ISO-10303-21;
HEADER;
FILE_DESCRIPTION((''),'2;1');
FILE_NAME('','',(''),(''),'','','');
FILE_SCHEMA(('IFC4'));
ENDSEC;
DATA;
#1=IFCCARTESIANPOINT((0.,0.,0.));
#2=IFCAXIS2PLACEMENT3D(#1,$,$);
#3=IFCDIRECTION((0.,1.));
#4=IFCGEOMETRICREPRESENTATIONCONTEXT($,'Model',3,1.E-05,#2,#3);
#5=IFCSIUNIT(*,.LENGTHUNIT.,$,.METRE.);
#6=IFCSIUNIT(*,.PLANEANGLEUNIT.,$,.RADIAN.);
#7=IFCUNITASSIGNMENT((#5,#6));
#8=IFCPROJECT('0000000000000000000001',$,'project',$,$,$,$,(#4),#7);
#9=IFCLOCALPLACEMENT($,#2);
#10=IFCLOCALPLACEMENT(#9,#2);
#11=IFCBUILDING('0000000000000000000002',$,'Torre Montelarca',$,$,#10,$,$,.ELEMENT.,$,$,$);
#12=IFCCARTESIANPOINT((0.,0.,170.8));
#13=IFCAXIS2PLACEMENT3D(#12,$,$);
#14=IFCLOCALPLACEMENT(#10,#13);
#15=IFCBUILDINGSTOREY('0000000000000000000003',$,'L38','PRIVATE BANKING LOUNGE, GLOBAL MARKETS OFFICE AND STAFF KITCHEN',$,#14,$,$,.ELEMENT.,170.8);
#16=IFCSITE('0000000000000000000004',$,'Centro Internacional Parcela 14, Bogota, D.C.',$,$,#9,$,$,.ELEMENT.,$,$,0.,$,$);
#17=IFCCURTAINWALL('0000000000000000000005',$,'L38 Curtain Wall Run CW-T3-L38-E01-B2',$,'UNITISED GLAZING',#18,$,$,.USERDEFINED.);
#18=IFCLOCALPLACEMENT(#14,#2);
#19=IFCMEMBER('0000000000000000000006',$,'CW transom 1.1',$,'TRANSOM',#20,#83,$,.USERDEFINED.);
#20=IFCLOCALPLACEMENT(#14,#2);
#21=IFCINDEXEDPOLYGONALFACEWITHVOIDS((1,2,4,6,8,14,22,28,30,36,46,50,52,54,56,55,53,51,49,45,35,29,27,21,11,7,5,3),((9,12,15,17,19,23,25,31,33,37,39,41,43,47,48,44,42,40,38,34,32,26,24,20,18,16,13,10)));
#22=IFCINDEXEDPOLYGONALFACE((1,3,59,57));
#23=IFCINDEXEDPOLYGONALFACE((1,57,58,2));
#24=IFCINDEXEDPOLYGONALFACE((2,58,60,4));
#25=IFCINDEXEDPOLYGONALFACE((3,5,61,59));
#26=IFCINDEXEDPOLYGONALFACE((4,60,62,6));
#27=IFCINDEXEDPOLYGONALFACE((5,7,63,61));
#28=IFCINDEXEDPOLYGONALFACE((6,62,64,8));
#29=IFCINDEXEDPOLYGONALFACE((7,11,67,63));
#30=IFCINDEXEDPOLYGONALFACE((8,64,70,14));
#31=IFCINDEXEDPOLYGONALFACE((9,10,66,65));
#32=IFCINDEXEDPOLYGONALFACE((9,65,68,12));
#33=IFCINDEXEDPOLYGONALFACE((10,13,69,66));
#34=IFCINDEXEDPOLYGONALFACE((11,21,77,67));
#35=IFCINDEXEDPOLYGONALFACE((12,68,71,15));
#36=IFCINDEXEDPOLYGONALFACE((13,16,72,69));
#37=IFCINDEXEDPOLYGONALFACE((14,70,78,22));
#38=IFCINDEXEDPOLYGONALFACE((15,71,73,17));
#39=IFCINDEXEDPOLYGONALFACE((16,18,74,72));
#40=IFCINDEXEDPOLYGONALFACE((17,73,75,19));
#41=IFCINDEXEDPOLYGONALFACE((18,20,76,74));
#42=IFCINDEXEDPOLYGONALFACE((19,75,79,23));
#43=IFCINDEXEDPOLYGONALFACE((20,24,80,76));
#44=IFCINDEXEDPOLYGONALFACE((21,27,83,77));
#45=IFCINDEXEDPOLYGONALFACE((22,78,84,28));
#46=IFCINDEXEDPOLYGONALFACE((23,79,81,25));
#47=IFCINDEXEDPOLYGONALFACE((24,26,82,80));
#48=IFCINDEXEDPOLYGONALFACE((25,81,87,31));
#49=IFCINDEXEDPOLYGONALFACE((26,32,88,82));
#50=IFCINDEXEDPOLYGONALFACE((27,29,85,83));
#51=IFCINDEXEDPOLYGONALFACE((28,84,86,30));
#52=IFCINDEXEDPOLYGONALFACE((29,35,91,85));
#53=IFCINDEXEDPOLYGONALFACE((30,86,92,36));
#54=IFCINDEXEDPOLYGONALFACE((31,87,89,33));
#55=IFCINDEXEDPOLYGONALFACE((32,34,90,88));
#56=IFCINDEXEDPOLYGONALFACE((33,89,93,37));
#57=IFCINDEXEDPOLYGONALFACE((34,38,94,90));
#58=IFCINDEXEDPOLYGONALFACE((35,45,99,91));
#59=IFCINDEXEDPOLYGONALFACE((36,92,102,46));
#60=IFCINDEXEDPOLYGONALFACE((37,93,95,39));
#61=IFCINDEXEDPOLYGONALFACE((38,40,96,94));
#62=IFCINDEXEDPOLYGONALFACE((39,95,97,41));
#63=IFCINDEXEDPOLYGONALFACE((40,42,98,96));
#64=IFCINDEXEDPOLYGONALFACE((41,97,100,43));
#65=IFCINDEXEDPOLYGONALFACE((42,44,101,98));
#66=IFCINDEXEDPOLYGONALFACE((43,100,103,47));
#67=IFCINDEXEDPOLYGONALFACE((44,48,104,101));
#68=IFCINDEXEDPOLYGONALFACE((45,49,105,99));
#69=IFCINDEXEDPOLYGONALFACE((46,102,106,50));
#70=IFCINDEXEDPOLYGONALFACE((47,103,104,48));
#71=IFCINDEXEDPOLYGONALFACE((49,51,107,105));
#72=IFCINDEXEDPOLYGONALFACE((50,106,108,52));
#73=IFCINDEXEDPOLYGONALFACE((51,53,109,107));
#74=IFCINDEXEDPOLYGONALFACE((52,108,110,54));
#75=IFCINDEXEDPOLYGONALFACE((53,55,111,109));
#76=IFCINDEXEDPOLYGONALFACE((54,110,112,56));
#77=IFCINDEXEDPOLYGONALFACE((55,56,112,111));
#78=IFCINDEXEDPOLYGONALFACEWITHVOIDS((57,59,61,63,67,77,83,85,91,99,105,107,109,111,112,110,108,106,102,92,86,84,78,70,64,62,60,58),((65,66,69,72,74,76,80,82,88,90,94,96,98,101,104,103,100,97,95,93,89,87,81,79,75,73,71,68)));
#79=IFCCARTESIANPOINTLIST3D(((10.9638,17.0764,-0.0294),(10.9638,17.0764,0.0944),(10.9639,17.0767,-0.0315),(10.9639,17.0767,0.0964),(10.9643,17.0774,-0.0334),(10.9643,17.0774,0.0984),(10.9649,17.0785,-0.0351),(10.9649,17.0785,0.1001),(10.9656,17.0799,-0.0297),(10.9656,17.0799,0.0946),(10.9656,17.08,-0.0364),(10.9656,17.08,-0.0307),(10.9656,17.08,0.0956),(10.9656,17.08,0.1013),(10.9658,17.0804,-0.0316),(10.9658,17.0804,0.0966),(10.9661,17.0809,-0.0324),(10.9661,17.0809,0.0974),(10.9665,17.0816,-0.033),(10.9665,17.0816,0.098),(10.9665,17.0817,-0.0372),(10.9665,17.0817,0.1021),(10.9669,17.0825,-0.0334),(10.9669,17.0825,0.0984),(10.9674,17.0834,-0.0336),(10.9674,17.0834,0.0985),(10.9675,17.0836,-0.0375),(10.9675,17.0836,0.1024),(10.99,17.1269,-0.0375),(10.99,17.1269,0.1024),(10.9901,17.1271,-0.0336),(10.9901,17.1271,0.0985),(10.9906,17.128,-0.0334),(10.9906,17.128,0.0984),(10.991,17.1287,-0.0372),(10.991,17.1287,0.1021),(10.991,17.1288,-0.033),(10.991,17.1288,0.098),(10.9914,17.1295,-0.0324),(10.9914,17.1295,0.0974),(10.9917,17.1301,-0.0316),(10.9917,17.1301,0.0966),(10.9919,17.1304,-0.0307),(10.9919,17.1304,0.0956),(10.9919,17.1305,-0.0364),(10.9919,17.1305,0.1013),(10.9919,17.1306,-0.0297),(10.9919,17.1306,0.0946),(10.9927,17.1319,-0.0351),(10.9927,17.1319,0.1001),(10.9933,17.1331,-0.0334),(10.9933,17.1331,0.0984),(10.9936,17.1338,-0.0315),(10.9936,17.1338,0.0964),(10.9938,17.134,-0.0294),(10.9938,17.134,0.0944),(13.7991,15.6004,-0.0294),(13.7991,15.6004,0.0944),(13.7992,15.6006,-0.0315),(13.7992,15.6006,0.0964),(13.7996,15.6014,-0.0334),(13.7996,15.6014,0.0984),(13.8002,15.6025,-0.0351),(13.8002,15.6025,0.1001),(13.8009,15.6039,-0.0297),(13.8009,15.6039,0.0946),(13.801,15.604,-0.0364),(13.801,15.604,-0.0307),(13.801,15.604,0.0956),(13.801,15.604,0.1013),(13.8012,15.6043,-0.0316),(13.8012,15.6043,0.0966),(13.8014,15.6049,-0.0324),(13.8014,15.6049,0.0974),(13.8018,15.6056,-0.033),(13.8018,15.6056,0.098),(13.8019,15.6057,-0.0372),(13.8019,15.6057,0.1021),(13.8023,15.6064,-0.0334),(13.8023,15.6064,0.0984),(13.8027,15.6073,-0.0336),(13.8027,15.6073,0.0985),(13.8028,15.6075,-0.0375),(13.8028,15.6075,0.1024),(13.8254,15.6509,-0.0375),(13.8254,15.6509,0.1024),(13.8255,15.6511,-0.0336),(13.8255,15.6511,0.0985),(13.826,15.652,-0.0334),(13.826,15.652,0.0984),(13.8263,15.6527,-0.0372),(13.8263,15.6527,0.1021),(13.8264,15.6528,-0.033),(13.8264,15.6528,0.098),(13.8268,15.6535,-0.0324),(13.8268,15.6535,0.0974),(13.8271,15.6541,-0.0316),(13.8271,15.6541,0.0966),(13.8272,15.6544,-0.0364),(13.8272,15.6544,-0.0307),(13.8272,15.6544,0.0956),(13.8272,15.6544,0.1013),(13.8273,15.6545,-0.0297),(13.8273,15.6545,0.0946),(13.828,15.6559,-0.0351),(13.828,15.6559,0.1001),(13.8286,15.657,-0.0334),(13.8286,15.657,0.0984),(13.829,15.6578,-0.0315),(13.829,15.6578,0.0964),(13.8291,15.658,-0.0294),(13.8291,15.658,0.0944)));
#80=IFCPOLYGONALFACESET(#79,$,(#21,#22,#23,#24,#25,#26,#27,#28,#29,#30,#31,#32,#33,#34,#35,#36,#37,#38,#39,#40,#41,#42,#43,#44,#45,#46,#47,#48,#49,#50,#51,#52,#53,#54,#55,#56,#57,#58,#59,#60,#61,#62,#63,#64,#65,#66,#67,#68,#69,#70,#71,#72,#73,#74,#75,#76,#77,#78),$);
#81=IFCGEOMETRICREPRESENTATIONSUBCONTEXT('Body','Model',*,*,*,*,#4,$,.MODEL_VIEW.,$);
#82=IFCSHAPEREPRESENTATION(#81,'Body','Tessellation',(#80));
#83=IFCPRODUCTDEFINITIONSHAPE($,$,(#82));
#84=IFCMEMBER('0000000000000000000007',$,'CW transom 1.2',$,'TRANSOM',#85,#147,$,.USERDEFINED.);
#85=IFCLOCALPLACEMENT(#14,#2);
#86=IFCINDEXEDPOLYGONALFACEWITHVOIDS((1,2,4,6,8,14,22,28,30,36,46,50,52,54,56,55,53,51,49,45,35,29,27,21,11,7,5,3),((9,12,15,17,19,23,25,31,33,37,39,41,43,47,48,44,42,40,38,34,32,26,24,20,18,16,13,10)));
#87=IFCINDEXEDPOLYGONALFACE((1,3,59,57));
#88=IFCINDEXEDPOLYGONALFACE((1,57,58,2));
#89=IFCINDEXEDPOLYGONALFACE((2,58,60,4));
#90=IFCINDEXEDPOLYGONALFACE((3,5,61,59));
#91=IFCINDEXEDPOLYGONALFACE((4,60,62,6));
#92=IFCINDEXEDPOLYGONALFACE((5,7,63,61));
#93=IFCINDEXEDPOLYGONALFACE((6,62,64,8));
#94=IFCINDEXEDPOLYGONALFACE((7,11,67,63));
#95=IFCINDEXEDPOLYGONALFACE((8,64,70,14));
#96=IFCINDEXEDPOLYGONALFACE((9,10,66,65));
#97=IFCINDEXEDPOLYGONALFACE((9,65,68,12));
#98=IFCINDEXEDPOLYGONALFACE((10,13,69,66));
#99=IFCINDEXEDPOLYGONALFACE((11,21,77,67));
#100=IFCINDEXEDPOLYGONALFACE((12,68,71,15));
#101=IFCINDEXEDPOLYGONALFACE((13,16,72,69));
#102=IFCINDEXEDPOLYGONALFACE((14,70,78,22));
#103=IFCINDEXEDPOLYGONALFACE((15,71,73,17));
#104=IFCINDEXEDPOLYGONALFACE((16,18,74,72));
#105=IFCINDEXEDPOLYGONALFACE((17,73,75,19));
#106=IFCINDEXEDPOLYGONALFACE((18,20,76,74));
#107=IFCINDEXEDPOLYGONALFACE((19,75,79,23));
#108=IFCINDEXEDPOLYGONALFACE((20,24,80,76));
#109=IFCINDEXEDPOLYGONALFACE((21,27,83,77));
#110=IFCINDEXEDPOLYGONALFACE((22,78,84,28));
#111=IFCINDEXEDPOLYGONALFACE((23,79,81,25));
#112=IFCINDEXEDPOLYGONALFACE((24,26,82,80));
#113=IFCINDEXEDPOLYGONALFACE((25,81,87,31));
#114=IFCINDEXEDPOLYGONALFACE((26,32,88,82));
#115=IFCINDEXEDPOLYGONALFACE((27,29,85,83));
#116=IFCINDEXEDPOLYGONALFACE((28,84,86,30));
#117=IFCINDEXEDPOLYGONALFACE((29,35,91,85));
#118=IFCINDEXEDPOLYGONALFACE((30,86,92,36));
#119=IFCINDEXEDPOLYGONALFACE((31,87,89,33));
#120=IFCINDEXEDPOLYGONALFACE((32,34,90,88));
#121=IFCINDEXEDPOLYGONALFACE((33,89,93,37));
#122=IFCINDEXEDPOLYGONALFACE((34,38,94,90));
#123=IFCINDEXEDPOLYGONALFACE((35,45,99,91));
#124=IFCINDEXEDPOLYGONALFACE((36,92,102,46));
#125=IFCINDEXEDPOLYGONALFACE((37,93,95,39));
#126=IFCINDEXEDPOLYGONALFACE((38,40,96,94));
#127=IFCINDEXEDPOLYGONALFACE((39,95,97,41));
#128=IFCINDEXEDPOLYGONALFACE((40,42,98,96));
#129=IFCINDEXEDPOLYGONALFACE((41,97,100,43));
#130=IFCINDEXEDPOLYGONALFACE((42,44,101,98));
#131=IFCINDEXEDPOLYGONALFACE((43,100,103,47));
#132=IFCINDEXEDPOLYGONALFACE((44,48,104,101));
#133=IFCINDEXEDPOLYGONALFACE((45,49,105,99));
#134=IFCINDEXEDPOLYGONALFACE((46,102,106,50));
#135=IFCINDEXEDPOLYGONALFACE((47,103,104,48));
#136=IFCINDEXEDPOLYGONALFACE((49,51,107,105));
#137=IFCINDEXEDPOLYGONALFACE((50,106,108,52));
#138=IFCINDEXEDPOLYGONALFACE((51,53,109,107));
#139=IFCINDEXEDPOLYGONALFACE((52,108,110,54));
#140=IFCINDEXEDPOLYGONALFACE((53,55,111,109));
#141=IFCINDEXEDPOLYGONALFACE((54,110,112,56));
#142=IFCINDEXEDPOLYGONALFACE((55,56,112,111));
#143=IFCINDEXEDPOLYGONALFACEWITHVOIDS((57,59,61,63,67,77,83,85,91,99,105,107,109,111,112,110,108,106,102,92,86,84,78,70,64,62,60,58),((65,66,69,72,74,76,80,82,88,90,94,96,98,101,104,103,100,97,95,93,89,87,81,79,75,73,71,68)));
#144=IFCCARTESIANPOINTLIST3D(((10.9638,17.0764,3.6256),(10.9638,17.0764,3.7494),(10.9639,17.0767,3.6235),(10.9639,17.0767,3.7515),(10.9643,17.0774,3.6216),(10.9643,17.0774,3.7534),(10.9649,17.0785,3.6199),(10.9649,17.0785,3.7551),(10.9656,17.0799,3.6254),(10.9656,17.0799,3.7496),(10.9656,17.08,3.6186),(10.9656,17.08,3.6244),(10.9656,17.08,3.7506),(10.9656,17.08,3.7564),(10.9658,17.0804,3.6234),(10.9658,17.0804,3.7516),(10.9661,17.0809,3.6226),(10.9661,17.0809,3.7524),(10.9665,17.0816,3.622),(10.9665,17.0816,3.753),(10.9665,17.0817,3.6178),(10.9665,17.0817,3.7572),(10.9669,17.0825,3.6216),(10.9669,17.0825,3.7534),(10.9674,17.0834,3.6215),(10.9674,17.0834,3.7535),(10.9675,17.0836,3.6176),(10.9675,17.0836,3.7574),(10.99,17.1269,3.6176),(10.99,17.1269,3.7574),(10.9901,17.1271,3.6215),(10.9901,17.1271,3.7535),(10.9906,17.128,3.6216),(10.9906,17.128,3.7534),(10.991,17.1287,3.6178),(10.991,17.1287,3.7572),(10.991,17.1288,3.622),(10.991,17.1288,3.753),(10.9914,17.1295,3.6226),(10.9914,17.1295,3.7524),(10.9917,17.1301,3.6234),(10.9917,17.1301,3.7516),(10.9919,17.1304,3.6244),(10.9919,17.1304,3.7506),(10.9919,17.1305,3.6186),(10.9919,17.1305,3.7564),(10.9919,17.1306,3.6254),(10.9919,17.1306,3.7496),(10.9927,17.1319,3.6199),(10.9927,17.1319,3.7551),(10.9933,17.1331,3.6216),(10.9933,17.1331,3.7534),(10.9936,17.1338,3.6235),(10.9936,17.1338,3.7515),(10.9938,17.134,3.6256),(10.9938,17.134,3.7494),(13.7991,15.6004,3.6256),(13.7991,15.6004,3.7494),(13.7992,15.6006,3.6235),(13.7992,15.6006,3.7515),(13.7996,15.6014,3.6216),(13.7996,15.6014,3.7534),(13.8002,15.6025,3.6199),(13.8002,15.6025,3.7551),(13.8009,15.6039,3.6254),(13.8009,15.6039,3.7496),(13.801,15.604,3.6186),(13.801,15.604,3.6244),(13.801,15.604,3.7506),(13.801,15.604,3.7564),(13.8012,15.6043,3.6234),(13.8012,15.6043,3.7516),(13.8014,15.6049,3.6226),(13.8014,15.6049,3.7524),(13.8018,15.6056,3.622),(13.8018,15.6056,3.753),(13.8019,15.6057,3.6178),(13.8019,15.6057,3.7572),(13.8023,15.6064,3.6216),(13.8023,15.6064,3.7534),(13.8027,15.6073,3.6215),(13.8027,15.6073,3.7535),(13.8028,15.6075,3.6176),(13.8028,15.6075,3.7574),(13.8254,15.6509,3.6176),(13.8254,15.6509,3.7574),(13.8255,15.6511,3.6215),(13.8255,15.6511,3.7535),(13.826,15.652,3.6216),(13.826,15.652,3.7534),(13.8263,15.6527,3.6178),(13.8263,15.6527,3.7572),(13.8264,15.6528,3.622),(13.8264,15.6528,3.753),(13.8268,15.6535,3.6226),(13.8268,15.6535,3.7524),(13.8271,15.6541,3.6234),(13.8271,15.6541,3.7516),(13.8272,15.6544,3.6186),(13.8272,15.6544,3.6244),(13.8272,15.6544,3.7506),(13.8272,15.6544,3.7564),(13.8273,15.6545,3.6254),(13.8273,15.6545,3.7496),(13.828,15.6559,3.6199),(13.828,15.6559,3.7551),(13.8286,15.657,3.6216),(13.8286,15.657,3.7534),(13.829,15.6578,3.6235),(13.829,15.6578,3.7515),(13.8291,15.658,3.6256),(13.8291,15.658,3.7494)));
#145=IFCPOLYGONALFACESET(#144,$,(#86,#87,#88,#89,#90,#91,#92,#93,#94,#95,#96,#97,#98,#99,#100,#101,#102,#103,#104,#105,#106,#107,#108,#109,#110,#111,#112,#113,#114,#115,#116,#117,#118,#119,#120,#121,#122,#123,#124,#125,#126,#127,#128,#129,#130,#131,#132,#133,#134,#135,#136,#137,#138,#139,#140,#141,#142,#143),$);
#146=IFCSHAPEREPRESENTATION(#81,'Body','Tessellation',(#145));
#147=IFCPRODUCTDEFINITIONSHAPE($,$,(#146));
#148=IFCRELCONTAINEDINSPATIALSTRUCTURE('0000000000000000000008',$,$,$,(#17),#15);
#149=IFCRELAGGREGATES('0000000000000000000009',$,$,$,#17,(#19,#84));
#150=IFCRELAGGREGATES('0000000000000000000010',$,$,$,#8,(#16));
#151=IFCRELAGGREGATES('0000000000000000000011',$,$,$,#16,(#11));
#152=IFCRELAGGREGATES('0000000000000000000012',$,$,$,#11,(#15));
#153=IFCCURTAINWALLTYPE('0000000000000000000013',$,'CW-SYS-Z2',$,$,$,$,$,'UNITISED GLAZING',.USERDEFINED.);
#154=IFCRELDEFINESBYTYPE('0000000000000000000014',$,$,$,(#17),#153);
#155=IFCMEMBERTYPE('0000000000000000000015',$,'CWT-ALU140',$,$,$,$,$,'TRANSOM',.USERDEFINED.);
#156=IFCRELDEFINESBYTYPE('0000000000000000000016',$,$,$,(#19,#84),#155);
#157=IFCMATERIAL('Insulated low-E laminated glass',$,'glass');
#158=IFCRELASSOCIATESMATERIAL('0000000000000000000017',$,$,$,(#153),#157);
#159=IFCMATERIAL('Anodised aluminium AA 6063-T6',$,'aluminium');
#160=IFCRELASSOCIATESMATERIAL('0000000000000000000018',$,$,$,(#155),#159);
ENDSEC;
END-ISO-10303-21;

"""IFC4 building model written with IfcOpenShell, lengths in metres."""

from ifc_helpers import new_model, si_unit, direction, frame, origin, origin_2d, place, context, subcontext, project, spatial, hollow_rectangle, extrude, source, transform, mapped, material, material_profile, profile_set, type_object, element, aggregate, save


model = new_model("IFC4")

# Units and contexts
model_context = context("Model", 3, precision=1e-05, world=origin(), true_north=direction((0.0, 1.0)))
body_context = subcontext(model_context, "Body", "Model", "MODEL_VIEW")
ifc_project = project(units=[si_unit("LENGTHUNIT", "METRE"), si_unit("PLANEANGLEUNIT", "RADIAN")], contexts=[model_context])

# Site, building, storey
site_placement = place(None, origin())
site = spatial("IfcSite", under=ifc_project, at=site_placement, Name="Centro Internacional Parcela 14, Bogota, D.C.", CompositionType="ELEMENT", RefElevation=0.0)
building_placement = place(site_placement, origin())
building = spatial("IfcBuilding", under=site, at=building_placement, Name="Torre Montelarca", CompositionType="ELEMENT")
storey_placement = place(building_placement, frame((0.0, 0.0, 170.8)))
storey = spatial("IfcBuildingStorey", under=building, at=storey_placement, Name="L38", Description="PRIVATE BANKING LOUNGE, GLOBAL MARKETS OFFICE AND STAFF KITCHEN", CompositionType="ELEMENT", Elevation=170.8)

# Curtain wall
ifc_material_1 = material(Name="Insulated low-E laminated glass", Category="glass")
curtain_wall_type = type_object("IfcCurtainWallType", Name="CW-SYS-Z2", ElementType="UNITISED GLAZING", PredefinedType="USERDEFINED", material=ifc_material_1)
ifc_material_2 = material(Name="Anodised aluminium AA 6063-T6", Category="aluminium")
curtain_wall_1_placement = place(storey_placement, origin())
curtain_wall_1 = element("IfcCurtainWall", 1, at=curtain_wall_1_placement, inside=storey, type_object=curtain_wall_type, Name="L38 Curtain Wall Run CW-T3-L38-E01-B2", ObjectType="UNITISED GLAZING", PredefinedType="USERDEFINED")
ifc_material_profile_1 = material_profile(ifc_material_2, hollow_rectangle(XDim=0.0649, YDim=0.1399, WallThickness=0.0039, InnerFilletRadius=0.0039, OuterFilletRadius=0.0081, at=origin_2d()), Name="ALU65X140X4", Category="aluminium")
ifc_profile_set_1 = profile_set([ifc_material_profile_1], Name="Anodised aluminium AA 6063-T6")
member_type_1 = type_object("IfcMemberType", Name="CWT-ALU140", ElementType="TRANSOM", PredefinedType="USERDEFINED", material=ifc_profile_set_1)

# Members
shared_shape_1 = source(origin(), body_context, "Body", "SweptSolid", [
    extrude(hollow_rectangle(XDim=0.0649, YDim=0.1399, WallThickness=0.0039, InnerFilletRadius=0.0039, OuterFilletRadius=0.0081, at=origin_2d()), origin(), (0.0, 0.0, 1.0), 3.1965),
])
member_1_placement = place(storey_placement, frame((10.9788, 17.1052, 0.0325), z_axis=(0.887007, -0.461757, 0.0), x_axis=(0.461757, 0.887007, 0.0)))
member_1 = element("IfcMember", 2, at=member_1_placement, type_object=member_type_1, Name="CW transom 1.1", ObjectType="TRANSOM", PredefinedType="USERDEFINED", context=body_context, shape_type="MappedRepresentation", body=[
    mapped(shared_shape_1, transform((0.0, 0.0, 0.0), scale=1.0)),
])
member_2_placement = place(storey_placement, frame((10.9788, 17.1052, 3.6875), z_axis=(0.887007, -0.461757, 0.0), x_axis=(0.461757, 0.887007, 0.0)))
member_2 = element("IfcMember", 3, at=member_2_placement, type_object=member_type_1, Name="CW transom 1.2", ObjectType="TRANSOM", PredefinedType="USERDEFINED", context=body_context, shape_type="MappedRepresentation", body=[
    mapped(shared_shape_1, transform((0.0, 0.0, 0.0), scale=1.0)),
])

aggregate(curtain_wall_1, [member_1, member_2])

save(model, "model.ifc")
